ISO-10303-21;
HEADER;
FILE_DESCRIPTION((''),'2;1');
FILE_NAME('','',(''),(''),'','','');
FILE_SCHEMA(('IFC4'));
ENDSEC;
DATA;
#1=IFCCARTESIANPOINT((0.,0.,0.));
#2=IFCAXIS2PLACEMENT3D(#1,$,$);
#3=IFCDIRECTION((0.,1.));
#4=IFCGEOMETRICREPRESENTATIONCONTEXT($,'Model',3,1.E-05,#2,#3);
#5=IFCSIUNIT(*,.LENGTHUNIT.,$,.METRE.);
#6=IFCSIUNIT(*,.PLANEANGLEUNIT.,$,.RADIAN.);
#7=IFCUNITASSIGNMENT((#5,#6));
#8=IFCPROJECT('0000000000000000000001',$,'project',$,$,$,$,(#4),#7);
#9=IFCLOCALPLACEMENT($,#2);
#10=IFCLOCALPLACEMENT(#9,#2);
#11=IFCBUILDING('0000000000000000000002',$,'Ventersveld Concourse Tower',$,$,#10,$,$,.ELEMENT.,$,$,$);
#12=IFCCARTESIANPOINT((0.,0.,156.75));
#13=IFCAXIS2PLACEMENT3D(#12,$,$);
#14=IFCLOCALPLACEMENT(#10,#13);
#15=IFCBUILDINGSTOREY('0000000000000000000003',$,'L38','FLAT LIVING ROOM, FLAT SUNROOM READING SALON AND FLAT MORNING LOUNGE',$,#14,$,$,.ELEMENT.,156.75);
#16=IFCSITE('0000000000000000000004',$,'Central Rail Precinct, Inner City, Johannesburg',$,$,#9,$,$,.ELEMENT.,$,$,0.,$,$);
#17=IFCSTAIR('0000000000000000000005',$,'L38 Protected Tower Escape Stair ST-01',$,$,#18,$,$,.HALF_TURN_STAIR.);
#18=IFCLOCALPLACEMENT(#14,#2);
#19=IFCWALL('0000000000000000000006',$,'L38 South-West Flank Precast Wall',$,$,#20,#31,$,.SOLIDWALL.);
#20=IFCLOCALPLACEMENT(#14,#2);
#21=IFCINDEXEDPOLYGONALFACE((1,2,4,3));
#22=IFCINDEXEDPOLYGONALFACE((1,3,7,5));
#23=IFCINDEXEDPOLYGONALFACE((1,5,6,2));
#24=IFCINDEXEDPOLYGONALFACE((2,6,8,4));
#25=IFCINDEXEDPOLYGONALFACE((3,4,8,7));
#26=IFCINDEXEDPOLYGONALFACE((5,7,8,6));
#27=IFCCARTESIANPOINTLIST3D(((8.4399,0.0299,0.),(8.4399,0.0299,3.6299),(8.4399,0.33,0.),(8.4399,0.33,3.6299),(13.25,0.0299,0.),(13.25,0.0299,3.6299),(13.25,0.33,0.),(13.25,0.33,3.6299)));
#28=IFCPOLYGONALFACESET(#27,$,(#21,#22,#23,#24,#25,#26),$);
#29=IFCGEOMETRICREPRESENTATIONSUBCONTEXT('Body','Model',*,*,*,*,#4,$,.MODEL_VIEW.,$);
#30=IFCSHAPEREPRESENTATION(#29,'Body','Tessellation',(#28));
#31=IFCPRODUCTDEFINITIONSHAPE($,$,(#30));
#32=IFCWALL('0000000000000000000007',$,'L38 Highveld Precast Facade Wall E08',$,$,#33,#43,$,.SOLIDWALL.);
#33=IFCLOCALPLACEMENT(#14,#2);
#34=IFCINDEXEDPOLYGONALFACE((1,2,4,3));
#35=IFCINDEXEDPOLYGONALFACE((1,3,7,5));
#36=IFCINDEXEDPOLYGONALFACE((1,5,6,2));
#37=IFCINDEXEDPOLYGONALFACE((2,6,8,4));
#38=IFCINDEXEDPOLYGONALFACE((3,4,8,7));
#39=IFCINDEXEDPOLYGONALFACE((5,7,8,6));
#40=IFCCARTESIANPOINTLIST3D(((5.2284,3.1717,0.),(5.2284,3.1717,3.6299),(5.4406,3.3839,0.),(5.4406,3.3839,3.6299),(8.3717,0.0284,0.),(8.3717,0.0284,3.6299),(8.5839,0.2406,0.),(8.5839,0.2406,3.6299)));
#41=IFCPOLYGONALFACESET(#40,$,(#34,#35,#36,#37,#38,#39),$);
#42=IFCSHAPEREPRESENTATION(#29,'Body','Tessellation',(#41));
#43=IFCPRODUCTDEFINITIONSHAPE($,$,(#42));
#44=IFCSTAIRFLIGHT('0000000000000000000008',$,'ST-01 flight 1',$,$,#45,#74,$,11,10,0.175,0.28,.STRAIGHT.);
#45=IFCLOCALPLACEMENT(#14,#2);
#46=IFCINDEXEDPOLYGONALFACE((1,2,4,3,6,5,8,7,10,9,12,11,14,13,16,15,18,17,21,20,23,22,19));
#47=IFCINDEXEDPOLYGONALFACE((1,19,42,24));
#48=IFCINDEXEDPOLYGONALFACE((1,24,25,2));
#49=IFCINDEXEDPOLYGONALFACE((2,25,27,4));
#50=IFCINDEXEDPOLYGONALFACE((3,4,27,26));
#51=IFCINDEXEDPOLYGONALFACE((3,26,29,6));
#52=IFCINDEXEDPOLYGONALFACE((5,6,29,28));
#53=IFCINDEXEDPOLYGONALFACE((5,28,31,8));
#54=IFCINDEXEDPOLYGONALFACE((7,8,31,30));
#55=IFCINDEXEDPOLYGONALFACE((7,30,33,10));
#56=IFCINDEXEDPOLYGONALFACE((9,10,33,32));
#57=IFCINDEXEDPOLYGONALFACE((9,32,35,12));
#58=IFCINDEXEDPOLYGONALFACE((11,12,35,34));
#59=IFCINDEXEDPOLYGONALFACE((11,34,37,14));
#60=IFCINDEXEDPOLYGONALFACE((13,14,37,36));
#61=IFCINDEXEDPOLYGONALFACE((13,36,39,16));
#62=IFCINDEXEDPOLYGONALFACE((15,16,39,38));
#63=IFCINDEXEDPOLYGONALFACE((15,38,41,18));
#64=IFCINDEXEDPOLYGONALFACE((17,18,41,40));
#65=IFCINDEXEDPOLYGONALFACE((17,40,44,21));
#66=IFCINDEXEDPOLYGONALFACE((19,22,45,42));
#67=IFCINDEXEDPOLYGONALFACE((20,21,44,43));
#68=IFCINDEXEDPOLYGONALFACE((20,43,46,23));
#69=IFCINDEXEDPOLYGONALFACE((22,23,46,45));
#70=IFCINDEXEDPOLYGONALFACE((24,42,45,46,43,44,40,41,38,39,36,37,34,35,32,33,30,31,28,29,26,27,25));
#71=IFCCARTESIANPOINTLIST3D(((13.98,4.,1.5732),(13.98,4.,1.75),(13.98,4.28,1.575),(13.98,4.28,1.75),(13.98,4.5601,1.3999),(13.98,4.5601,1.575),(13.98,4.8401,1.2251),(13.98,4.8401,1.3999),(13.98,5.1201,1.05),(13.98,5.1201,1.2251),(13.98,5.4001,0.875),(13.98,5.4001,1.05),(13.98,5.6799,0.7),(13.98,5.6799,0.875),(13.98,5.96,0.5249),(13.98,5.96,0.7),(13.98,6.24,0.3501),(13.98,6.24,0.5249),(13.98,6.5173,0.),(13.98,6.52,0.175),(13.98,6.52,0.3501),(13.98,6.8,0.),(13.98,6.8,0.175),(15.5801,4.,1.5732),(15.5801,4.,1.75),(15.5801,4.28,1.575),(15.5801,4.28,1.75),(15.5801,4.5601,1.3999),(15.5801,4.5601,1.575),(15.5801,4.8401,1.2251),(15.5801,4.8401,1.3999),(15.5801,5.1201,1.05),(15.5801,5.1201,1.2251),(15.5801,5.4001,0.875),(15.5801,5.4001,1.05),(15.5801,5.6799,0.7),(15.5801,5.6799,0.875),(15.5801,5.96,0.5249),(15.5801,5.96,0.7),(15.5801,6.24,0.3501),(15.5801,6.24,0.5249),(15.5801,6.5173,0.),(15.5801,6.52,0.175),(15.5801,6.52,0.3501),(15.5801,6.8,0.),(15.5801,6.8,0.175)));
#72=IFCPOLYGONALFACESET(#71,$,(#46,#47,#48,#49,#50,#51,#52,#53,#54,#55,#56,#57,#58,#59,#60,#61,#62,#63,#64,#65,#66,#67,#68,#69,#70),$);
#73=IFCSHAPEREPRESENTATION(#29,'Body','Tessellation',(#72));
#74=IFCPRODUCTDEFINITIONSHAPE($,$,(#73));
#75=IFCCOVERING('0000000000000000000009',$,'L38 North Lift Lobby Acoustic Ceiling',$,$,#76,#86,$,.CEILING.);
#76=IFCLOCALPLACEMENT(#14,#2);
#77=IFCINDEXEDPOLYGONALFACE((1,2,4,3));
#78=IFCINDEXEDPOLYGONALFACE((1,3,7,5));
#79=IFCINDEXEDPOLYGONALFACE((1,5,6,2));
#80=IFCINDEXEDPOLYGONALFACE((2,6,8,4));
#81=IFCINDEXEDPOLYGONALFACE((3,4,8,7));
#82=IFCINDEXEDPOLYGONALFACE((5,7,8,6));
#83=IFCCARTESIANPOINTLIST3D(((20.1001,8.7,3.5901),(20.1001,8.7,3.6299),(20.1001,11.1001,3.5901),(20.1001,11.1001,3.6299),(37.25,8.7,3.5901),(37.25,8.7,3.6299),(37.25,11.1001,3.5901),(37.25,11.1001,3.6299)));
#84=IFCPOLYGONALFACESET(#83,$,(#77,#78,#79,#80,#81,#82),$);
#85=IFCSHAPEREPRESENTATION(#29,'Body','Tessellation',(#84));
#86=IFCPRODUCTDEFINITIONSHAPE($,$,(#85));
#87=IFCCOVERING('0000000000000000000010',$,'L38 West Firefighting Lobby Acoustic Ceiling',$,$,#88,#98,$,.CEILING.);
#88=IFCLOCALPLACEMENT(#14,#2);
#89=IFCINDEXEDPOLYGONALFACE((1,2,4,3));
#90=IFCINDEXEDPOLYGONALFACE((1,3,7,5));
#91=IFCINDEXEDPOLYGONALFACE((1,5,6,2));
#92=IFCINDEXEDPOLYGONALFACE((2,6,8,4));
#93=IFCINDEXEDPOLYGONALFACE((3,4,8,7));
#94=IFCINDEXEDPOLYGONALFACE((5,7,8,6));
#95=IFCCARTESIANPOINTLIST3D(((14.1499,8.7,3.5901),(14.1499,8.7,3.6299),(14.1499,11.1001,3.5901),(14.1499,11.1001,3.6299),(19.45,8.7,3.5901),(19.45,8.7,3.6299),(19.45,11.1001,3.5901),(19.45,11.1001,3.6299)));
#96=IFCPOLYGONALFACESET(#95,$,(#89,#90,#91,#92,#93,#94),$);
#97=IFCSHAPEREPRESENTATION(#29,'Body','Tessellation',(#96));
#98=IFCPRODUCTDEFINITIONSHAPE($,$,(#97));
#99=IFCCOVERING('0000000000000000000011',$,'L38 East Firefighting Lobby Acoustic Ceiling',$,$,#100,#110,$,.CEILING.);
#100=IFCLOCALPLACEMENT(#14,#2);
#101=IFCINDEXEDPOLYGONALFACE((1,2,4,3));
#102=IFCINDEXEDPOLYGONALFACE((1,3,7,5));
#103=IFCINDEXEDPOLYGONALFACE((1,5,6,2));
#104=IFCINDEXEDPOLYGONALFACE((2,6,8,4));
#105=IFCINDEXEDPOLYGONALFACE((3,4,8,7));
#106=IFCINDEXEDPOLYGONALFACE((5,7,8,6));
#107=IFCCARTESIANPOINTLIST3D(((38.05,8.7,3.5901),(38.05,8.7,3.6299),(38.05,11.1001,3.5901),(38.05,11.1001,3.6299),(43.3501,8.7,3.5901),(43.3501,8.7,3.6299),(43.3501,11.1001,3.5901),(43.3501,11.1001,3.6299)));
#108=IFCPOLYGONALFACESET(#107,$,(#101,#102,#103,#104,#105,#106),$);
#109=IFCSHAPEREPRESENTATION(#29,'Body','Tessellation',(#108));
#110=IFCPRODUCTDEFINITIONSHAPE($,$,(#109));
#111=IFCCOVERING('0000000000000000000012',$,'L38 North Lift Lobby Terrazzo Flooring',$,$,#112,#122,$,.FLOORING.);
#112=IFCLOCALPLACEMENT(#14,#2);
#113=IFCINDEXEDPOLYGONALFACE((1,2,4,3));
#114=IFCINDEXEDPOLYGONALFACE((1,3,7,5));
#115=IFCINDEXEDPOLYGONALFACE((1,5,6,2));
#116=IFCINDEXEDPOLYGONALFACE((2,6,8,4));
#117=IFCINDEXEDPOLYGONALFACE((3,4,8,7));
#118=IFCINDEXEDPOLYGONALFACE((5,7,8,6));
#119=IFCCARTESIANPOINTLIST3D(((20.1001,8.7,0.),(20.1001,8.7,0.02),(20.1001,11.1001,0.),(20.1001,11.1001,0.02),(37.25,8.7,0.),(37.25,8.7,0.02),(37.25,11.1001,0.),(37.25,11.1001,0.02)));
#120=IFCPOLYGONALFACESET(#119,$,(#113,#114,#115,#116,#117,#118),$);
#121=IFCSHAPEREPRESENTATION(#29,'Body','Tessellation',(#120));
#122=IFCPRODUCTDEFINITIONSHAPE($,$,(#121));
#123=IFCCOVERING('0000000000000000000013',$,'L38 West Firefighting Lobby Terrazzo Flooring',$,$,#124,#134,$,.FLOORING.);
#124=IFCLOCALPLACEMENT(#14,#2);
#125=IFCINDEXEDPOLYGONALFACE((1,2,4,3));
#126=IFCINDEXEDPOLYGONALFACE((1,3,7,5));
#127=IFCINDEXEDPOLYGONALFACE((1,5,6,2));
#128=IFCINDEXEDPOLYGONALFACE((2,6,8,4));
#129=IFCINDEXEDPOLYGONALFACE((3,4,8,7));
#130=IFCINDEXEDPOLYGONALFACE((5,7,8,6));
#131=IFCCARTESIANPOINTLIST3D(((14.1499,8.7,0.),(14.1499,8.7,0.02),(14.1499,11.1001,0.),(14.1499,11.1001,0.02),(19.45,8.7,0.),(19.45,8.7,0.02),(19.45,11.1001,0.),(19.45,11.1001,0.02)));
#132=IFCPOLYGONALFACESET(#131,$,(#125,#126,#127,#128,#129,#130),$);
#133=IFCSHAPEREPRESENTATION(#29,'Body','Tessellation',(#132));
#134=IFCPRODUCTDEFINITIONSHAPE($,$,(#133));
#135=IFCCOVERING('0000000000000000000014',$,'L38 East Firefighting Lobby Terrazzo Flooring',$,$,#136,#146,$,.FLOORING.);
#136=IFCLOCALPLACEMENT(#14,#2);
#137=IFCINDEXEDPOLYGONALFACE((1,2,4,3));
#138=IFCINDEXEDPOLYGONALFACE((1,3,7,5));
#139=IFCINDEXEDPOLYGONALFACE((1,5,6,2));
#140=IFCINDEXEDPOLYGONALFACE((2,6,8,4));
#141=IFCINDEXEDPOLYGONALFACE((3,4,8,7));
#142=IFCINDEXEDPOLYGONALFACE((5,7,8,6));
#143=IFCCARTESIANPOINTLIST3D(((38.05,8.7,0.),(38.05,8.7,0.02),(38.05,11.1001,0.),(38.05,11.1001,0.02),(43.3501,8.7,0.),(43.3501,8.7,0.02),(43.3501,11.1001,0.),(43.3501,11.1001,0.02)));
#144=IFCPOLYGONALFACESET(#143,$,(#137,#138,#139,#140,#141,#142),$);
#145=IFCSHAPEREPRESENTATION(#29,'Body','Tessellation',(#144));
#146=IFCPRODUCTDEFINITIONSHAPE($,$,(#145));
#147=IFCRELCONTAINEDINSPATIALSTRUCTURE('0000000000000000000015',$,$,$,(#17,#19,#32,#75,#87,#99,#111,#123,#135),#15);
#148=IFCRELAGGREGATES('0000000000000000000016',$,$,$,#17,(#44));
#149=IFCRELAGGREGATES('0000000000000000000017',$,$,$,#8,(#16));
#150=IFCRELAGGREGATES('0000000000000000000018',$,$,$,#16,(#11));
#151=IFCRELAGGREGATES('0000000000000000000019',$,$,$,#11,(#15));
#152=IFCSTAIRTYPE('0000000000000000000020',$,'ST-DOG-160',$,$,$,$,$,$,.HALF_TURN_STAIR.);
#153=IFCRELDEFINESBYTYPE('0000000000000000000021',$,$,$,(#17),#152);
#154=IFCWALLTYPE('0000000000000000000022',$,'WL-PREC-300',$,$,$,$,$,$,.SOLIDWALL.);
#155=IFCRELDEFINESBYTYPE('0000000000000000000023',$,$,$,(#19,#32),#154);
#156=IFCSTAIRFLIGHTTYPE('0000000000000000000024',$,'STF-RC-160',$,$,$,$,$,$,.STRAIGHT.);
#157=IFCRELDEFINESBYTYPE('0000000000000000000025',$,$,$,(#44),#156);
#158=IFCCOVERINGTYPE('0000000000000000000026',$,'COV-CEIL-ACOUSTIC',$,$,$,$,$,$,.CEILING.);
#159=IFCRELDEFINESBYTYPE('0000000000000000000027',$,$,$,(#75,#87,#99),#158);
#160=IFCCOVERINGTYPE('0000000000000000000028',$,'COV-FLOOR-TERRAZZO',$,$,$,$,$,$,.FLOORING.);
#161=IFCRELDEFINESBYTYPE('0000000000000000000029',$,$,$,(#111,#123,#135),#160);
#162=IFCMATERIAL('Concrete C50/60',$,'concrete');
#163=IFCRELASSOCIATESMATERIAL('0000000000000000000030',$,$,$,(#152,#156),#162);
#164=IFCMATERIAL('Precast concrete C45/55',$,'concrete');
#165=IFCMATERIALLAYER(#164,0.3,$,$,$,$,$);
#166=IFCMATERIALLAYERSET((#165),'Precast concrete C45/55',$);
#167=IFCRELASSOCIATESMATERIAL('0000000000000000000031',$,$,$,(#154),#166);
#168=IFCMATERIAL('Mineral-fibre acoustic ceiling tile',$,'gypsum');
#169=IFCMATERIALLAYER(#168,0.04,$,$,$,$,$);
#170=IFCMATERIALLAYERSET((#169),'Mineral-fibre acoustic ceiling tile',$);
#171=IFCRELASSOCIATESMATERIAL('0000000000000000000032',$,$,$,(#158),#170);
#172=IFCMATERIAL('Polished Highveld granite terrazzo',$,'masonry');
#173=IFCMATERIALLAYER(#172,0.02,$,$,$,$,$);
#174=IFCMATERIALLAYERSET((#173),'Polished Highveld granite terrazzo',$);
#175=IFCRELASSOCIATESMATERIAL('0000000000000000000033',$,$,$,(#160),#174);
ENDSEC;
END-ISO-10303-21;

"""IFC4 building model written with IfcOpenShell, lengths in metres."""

from ifc_helpers import new_model, si_unit, direction, frame, frame_2d, origin, place, context, subcontext, project, spatial, polyline, rectangle, outline, extrude, material, layer, layer_set, type_object, element, aggregate, save


model = new_model("IFC4")

# Units and contexts
model_context = context("Model", 3, precision=1e-05, world=origin(), true_north=direction((0.0, 1.0)))
body_context = subcontext(model_context, "Body", "Model", "MODEL_VIEW")
ifc_project = project(units=[si_unit("LENGTHUNIT", "METRE"), si_unit("PLANEANGLEUNIT", "RADIAN")], contexts=[model_context])

# Site, building, storey
site_placement = place(None, origin())
site = spatial("IfcSite", under=ifc_project, at=site_placement, Name="Central Rail Precinct, Inner City, Johannesburg", CompositionType="ELEMENT", RefElevation=0.0)
building_placement = place(site_placement, origin())
building = spatial("IfcBuilding", under=site, at=building_placement, Name="Ventersveld Concourse Tower", CompositionType="ELEMENT")
storey_placement = place(building_placement, frame((0.0, 0.0, 156.75)))
storey = spatial("IfcBuildingStorey", under=building, at=storey_placement, Name="L38", Description="FLAT LIVING ROOM, FLAT SUNROOM READING SALON AND FLAT MORNING LOUNGE", CompositionType="ELEMENT", Elevation=156.75)

# Shared definitions
ifc_material_1 = material(Name="Concrete C50/60", Category="concrete")

# Stair
stair_type_1 = type_object("IfcStairType", Name="ST-DOG-160", PredefinedType="HALF_TURN_STAIR", material=ifc_material_1)
stair_1_placement = place(storey_placement, origin())
stair_1 = element("IfcStair", 1, at=stair_1_placement, inside=storey, type_object=stair_type_1, Name="L38 Protected Tower Escape Stair ST-01", PredefinedType="HALF_TURN_STAIR")

# Walls
ifc_material_2 = material(Name="Precast concrete C45/55", Category="concrete")
ifc_layer_1 = layer(ifc_material_2, 0.3)
ifc_layer_set_1 = layer_set([ifc_layer_1], Name="Precast concrete C45/55")
wall_type_1 = type_object("IfcWallType", Name="WL-PREC-300", PredefinedType="SOLIDWALL", material=ifc_layer_set_1)
wall_1_placement = place(storey_placement, frame((8.4399, 0.1799, 0.0), z_axis=(0.0, 0.0, 1.0), x_axis=(1.0, 0.0, 0.0)))
element("IfcWall", 2, at=wall_1_placement, inside=storey, type_object=wall_type_1, Name="L38 South-West Flank Precast Wall", PredefinedType="SOLIDWALL", context=body_context, shape_type="SweptSolid", body=[
    extrude(rectangle(XDim=4.8101, YDim=0.3, at=frame_2d((2.405, 0.0))), origin(), (0.0, 0.0, 1.0), 3.6299),
])
wall_2_placement = place(storey_placement, frame((5.3345, 3.2778, 0.0), z_axis=(0.0, 0.0, 1.0), x_axis=(0.707107, -0.707107, 0.0)))
element("IfcWall", 3, at=wall_2_placement, inside=storey, type_object=wall_type_1, Name="L38 Highveld Precast Facade Wall E08", PredefinedType="SOLIDWALL", context=body_context, shape_type="SweptSolid", body=[
    extrude(rectangle(XDim=4.4453, YDim=0.3, at=frame_2d((2.2227, 0.0))), origin(), (0.0, 0.0, 1.0), 3.6299),
])

# Stair flight
stair_flight_type = type_object("IfcStairFlightType", Name="STF-RC-160", PredefinedType="STRAIGHT", material=ifc_material_1)
stair_flight_placement = place(storey_placement, frame((14.78, 6.8, 0.0), z_axis=(0.0, 0.0, 1.0), x_axis=(0.0, -1.0, 0.0)))
stair_flight = element("IfcStairFlight", 4, at=stair_flight_placement, type_object=stair_flight_type, Name="ST-01 flight 1", NumberOfRisers=11, NumberOfTreads=10, PredefinedType="STRAIGHT", RiserHeight=0.175, TreadLength=0.28, context=body_context, shape_type="SweptSolid", body=[
    extrude(outline(polyline([(0.0, 0.0), (0.0, 0.175), (0.28, 0.175), (0.28, 0.3501), (0.5601, 0.3501), (0.5601, 0.5249), (0.8401, 0.5249), (0.8401, 0.7), (1.1201, 0.7), (1.1201, 0.875), (1.3999, 0.875), (1.3999, 1.05), (1.6799, 1.05), (1.6799, 1.2251), (1.96, 1.2251), (1.96, 1.3999), (2.24, 1.3999), (2.24, 1.575), (2.52, 1.575), (2.52, 1.75), (2.8, 1.75), (2.8, 1.925), (2.8, 1.5732), (0.2827, 0.0), (0.0, 0.0)])), frame((0.0, 0.8, 0.0), z_axis=(0.0, -1.0, 0.0), x_axis=(1.0, 0.0, 0.0)), (0.0, 0.0, 1.0), 1.6001),
])
aggregate(stair_1, [stair_flight])

# Coverings
ifc_material_3 = material(Name="Mineral-fibre acoustic ceiling tile", Category="gypsum")
ifc_layer_2 = layer(ifc_material_3, 0.04)
ifc_layer_set_2 = layer_set([ifc_layer_2], Name="Mineral-fibre acoustic ceiling tile")
covering_type_1 = type_object("IfcCoveringType", Name="COV-CEIL-ACOUSTIC", PredefinedType="CEILING", material=ifc_layer_set_2)
covering_1_placement = place(storey_placement, frame((0.0, 0.0, 3.5901)))
element("IfcCovering", 5, at=covering_1_placement, inside=storey, type_object=covering_type_1, Name="L38 North Lift Lobby Acoustic Ceiling", PredefinedType="CEILING", context=body_context, shape_type="SweptSolid", body=[
    extrude(outline(polyline([(20.1001, 8.7), (37.25, 8.7), (37.25, 11.1001), (20.1001, 11.1001), (20.1001, 8.7)])), origin(), (0.0, 0.0, 1.0), 0.0398),
])
covering_2_placement = place(storey_placement, frame((0.0, 0.0, 3.5901)))
element("IfcCovering", 6, at=covering_2_placement, inside=storey, type_object=covering_type_1, Name="L38 West Firefighting Lobby Acoustic Ceiling", PredefinedType="CEILING", context=body_context, shape_type="SweptSolid", body=[
    extrude(outline(polyline([(14.1499, 8.7), (19.45, 8.7), (19.45, 11.1001), (14.1499, 11.1001), (14.1499, 8.7)])), origin(), (0.0, 0.0, 1.0), 0.0398),
])
covering_3_placement = place(storey_placement, frame((0.0, 0.0, 3.5901)))
element("IfcCovering", 7, at=covering_3_placement, inside=storey, type_object=covering_type_1, Name="L38 East Firefighting Lobby Acoustic Ceiling", PredefinedType="CEILING", context=body_context, shape_type="SweptSolid", body=[
    extrude(outline(polyline([(38.05, 8.7), (43.3501, 8.7), (43.3501, 11.1001), (38.05, 11.1001), (38.05, 8.7)])), origin(), (0.0, 0.0, 1.0), 0.0398),
])
ifc_material_4 = material(Name="Polished Highveld granite terrazzo", Category="masonry")
ifc_layer_3 = layer(ifc_material_4, 0.02)
ifc_layer_set_3 = layer_set([ifc_layer_3], Name="Polished Highveld granite terrazzo")
covering_type_2 = type_object("IfcCoveringType", Name="COV-FLOOR-TERRAZZO", PredefinedType="FLOORING", material=ifc_layer_set_3)
covering_4_placement = place(storey_placement, origin())
element("IfcCovering", 8, at=covering_4_placement, inside=storey, type_object=covering_type_2, Name="L38 North Lift Lobby Terrazzo Flooring", PredefinedType="FLOORING", context=body_context, shape_type="SweptSolid", body=[
    extrude(outline(polyline([(20.1001, 8.7), (37.25, 8.7), (37.25, 11.1001), (20.1001, 11.1001), (20.1001, 8.7)])), origin(), (0.0, 0.0, 1.0), 0.02),
])
covering_5_placement = place(storey_placement, origin())
element("IfcCovering", 9, at=covering_5_placement, inside=storey, type_object=covering_type_2, Name="L38 West Firefighting Lobby Terrazzo Flooring", PredefinedType="FLOORING", context=body_context, shape_type="SweptSolid", body=[
    extrude(outline(polyline([(14.1499, 8.7), (19.45, 8.7), (19.45, 11.1001), (14.1499, 11.1001), (14.1499, 8.7)])), origin(), (0.0, 0.0, 1.0), 0.02),
])
covering_6_placement = place(storey_placement, origin())
element("IfcCovering", 10, at=covering_6_placement, inside=storey, type_object=covering_type_2, Name="L38 East Firefighting Lobby Terrazzo Flooring", PredefinedType="FLOORING", context=body_context, shape_type="SweptSolid", body=[
    extrude(outline(polyline([(38.05, 8.7), (43.3501, 8.7), (43.3501, 11.1001), (38.05, 11.1001), (38.05, 8.7)])), origin(), (0.0, 0.0, 1.0), 0.02),
])

save(model, "model.ifc")
